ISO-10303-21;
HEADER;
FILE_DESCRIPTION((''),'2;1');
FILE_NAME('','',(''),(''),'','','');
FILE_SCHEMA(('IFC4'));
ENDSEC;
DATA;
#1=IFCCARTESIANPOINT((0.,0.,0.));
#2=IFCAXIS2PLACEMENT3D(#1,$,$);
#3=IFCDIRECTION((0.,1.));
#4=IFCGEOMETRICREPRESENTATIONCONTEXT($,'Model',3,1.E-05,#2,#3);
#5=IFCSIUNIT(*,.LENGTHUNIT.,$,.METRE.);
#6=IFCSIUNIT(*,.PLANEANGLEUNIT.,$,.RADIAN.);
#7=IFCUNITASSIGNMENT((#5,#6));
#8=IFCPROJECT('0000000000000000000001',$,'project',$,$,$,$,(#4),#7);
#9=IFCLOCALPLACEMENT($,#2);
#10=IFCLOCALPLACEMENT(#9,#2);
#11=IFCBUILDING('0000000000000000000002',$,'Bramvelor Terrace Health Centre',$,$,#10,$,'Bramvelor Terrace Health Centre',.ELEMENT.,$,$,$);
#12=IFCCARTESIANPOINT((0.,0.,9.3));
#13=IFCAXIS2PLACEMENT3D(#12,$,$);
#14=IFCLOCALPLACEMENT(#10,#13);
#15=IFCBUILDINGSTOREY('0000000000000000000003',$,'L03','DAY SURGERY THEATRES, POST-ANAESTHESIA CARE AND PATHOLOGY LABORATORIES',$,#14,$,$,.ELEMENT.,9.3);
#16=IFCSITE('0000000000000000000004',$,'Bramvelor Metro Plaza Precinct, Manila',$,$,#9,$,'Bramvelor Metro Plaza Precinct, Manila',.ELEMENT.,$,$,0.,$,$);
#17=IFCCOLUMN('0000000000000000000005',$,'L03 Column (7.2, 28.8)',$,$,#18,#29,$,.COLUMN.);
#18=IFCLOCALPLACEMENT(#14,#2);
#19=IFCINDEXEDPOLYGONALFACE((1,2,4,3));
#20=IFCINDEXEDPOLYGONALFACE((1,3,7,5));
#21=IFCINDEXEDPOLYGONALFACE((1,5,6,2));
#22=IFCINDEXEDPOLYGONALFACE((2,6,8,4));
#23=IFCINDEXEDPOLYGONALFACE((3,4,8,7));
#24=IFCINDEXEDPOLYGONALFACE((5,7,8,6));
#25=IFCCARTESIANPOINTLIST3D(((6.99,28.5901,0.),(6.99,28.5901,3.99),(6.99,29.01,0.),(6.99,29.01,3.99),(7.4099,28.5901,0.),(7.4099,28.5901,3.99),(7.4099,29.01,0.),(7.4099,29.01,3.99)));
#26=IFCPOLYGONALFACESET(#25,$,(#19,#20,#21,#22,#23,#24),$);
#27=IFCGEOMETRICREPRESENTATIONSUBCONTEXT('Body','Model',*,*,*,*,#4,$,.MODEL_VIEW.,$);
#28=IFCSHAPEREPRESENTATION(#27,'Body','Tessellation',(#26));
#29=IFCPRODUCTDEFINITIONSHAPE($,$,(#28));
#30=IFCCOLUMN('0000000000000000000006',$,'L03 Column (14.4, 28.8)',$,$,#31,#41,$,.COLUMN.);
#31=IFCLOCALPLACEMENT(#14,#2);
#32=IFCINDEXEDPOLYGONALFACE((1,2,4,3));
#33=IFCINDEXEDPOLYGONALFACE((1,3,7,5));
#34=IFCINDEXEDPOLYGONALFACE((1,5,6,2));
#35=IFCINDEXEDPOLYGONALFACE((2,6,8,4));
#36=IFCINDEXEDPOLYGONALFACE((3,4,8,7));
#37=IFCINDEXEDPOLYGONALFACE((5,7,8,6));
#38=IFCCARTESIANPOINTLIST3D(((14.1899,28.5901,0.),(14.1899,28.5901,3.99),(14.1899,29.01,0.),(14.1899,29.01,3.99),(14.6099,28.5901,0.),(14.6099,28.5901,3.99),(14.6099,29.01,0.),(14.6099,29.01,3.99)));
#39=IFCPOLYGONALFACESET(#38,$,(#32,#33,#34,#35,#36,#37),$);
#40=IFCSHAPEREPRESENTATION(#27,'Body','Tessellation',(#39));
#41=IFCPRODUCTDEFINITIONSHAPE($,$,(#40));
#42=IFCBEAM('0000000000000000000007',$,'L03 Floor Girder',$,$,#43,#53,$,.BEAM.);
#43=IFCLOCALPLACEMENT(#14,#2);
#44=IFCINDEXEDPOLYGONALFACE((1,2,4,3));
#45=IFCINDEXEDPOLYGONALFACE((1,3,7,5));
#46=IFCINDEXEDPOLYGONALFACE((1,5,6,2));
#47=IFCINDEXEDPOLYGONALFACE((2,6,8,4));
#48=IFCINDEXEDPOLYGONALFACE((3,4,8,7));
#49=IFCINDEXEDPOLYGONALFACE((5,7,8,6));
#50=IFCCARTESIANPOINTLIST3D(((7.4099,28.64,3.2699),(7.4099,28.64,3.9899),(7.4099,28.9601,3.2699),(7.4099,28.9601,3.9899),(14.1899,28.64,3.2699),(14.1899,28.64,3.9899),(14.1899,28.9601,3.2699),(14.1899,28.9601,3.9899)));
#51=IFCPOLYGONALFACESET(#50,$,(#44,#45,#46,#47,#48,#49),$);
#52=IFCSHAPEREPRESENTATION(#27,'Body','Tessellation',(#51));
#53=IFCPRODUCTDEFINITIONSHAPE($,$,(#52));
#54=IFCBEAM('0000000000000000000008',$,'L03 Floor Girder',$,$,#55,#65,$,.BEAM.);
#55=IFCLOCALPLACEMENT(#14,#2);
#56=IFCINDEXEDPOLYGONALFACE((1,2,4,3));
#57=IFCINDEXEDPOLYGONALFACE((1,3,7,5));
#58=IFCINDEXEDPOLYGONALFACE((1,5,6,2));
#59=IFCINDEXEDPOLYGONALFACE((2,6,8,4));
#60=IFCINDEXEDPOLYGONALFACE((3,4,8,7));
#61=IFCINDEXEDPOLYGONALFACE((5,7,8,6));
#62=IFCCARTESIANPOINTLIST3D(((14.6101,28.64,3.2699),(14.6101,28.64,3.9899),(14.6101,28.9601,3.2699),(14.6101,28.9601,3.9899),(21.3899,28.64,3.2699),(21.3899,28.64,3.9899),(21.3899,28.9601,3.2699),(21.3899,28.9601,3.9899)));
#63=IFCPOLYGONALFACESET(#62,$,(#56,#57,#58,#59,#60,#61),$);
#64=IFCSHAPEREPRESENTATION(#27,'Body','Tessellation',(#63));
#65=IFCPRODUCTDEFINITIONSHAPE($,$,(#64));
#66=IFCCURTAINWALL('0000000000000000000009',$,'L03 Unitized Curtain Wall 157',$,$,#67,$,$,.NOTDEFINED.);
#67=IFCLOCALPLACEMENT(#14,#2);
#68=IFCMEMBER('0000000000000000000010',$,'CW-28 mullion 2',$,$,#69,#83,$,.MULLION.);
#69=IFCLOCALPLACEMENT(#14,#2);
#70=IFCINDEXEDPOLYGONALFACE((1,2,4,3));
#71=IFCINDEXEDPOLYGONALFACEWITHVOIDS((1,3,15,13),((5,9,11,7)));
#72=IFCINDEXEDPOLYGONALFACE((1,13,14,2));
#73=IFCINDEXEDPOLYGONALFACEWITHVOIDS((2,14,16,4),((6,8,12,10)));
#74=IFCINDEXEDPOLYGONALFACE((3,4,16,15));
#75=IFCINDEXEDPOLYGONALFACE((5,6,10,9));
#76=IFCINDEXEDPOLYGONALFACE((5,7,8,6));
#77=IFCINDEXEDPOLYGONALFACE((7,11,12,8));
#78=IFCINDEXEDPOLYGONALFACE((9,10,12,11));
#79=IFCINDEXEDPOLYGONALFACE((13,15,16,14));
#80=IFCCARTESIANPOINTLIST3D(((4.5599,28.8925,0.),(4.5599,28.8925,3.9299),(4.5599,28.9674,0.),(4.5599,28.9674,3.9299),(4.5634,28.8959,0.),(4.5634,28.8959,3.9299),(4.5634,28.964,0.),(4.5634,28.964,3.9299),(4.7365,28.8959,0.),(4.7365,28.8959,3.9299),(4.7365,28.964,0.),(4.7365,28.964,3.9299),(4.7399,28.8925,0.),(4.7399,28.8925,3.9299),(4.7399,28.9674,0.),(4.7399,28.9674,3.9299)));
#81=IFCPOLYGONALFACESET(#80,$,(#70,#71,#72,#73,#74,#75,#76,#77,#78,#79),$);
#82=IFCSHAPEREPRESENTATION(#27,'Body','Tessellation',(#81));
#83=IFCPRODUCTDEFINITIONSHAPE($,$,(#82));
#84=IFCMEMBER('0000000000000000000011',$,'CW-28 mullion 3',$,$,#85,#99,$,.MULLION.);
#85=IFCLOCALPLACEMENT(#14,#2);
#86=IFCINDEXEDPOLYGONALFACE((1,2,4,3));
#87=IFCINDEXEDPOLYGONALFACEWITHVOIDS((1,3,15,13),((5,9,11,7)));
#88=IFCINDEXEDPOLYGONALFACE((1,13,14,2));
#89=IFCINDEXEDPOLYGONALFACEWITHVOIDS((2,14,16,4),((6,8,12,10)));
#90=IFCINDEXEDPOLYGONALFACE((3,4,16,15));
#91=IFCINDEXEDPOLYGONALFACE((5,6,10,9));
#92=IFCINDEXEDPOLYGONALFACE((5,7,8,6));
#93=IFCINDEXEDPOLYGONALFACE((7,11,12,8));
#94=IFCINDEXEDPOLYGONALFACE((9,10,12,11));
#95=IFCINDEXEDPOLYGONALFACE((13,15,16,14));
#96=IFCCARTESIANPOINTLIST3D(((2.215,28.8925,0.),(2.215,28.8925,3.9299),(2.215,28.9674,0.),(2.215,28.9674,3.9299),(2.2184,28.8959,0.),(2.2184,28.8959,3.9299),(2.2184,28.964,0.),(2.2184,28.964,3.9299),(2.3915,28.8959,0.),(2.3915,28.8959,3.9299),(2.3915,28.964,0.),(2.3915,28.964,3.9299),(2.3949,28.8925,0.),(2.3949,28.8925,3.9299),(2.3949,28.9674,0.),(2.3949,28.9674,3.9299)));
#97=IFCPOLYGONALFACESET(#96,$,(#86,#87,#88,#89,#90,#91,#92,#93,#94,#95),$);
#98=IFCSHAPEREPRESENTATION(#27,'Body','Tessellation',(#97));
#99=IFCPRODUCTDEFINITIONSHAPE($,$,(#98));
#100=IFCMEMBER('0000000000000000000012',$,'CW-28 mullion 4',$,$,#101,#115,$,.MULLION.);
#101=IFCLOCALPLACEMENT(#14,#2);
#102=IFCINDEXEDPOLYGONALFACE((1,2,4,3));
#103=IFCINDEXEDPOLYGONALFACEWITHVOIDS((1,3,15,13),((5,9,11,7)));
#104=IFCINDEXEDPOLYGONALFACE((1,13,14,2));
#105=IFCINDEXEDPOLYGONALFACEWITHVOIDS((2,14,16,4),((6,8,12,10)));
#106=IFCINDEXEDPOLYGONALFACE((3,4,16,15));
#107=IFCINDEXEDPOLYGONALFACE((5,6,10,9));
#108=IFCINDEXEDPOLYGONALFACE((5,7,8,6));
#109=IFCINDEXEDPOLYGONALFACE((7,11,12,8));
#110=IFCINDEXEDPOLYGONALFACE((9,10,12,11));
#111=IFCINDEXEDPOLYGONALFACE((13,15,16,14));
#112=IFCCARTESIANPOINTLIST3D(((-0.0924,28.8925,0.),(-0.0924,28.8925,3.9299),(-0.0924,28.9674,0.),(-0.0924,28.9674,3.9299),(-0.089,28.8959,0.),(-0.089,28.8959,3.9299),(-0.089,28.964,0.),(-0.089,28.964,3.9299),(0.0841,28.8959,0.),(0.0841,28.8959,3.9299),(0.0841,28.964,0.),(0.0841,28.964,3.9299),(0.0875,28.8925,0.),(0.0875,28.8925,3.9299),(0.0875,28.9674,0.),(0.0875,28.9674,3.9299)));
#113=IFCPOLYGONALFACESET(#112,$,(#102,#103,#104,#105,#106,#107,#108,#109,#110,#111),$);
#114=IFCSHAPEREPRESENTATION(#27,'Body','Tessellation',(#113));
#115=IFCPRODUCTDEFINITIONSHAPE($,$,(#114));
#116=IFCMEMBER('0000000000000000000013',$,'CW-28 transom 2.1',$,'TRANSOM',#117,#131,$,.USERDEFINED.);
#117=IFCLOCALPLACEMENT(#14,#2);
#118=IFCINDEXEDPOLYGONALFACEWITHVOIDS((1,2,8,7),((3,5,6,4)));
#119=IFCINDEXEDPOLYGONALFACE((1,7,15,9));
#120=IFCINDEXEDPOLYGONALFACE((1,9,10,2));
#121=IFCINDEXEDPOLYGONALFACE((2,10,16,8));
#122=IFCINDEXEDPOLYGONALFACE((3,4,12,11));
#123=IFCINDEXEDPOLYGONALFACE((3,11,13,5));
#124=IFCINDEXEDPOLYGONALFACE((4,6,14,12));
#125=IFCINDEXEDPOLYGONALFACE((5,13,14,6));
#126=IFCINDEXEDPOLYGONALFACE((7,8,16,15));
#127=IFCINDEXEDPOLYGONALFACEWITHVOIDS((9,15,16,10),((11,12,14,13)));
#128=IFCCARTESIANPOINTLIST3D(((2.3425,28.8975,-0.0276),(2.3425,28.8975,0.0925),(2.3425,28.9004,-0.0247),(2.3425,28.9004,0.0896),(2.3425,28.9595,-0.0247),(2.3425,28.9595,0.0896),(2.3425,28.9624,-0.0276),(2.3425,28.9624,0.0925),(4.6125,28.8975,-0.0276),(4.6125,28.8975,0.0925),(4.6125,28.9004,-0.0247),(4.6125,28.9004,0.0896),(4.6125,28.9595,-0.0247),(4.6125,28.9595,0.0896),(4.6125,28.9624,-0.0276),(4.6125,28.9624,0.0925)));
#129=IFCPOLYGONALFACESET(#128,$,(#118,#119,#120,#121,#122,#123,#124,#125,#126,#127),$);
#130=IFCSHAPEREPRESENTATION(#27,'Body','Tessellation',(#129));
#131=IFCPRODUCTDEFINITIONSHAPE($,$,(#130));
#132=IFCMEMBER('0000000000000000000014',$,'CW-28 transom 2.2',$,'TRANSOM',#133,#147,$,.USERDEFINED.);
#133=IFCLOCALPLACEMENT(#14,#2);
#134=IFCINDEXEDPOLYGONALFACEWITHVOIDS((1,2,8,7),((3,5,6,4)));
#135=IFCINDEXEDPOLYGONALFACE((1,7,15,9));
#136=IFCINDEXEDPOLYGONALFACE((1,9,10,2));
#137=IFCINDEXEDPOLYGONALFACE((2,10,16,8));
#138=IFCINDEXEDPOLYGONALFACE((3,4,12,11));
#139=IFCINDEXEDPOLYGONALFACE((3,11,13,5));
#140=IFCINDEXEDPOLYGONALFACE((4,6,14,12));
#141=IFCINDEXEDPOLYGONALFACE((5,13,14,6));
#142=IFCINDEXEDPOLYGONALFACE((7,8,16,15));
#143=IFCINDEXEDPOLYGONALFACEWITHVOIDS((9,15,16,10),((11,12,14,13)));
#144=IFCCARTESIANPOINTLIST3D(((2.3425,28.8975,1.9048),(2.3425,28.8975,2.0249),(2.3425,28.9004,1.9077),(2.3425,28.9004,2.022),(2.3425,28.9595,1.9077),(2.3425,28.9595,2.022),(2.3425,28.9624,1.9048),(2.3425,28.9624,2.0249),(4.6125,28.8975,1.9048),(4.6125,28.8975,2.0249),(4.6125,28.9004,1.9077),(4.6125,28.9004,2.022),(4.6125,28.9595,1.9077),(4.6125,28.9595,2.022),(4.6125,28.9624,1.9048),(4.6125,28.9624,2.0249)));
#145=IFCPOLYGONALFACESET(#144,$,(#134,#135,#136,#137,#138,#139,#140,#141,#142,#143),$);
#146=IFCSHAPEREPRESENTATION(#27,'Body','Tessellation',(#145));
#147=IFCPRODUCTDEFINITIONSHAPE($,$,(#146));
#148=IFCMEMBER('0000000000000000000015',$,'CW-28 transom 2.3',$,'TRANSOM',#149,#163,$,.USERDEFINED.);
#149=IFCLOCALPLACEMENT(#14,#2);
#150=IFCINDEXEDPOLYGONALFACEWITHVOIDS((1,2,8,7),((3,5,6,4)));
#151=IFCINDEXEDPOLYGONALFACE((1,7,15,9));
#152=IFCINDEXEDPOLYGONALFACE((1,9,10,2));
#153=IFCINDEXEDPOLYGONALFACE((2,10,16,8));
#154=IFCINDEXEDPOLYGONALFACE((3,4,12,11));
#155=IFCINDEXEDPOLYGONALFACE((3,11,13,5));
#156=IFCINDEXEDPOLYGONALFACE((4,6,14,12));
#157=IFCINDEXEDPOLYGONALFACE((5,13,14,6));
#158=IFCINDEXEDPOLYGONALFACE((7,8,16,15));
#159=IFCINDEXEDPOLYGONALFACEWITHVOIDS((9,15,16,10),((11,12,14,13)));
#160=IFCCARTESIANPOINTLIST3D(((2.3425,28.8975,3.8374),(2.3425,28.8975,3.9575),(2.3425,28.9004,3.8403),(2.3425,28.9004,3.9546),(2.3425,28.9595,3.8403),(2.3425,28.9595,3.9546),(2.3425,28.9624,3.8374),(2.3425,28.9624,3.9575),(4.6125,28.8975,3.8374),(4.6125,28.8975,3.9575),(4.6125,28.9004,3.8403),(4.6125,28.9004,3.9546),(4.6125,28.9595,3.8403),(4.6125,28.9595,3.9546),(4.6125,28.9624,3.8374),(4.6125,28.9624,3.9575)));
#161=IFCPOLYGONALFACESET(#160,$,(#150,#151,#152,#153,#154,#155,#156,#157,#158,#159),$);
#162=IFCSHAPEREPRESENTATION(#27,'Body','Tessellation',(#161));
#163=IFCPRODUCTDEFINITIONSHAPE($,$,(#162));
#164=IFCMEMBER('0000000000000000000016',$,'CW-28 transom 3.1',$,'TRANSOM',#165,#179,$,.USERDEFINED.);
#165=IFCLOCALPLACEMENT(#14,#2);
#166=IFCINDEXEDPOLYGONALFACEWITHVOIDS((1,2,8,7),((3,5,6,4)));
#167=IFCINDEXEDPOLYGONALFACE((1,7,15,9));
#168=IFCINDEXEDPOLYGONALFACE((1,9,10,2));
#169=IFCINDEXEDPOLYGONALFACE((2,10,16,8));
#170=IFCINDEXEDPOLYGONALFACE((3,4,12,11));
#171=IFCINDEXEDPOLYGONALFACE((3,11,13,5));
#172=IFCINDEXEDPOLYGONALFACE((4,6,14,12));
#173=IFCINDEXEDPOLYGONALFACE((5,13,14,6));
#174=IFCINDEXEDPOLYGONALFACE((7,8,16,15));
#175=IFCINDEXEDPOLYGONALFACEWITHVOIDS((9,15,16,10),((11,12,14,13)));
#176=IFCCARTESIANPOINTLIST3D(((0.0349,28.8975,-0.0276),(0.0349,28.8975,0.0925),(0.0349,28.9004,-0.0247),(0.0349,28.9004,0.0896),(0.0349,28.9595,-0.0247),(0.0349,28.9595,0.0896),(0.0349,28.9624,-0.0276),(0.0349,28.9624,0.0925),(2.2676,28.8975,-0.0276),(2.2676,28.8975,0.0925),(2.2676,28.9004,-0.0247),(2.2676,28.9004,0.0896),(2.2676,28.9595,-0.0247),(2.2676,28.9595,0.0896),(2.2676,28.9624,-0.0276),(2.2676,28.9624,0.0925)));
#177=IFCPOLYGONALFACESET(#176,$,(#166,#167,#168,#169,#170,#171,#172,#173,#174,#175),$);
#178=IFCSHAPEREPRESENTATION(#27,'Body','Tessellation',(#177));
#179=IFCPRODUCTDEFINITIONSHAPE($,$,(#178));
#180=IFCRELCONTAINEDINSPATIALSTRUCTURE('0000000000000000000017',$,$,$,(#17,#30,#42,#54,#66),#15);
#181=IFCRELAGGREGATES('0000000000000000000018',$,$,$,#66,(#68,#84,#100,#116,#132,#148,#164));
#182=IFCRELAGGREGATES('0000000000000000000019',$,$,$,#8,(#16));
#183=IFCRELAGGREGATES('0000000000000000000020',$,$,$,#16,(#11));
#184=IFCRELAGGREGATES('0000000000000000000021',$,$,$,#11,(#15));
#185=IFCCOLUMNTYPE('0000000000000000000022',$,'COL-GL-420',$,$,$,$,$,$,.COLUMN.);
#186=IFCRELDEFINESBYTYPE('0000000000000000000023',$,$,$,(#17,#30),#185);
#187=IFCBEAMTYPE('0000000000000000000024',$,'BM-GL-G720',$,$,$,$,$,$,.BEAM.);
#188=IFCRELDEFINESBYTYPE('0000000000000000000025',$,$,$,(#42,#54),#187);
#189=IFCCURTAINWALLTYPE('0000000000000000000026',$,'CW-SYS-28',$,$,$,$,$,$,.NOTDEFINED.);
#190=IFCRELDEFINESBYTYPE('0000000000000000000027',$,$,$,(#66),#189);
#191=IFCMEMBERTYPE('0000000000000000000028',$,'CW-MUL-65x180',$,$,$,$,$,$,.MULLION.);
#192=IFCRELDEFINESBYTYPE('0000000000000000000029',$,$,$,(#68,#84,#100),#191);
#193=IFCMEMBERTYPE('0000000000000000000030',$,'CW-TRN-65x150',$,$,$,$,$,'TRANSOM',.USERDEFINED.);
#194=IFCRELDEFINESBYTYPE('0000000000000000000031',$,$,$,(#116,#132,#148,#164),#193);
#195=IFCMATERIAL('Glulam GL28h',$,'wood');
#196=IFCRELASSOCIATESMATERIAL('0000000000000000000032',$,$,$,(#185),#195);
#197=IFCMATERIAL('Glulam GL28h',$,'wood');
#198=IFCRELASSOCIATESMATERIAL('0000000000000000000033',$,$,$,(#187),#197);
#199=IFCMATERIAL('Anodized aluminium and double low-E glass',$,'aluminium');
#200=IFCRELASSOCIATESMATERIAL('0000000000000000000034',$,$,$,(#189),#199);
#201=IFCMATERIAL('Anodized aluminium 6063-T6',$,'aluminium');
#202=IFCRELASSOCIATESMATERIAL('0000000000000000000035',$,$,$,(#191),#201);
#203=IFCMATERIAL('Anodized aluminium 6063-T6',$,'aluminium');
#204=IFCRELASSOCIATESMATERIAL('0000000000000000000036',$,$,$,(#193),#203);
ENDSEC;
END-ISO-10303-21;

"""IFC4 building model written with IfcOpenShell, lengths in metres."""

from ifc_helpers import new_model, si_unit, direction, frame, origin, origin_2d, place, context, subcontext, project, spatial, rectangle, hollow_rectangle, extrude, material, material_profile, profile_set, type_object, element, aggregate, save


model = new_model("IFC4")

# Units and contexts
model_context = context("Model", 3, precision=1e-05, world=origin(), true_north=direction((0.0, 1.0)))
body_context = subcontext(model_context, "Body", "Model", "MODEL_VIEW")
ifc_project = project(units=[si_unit("LENGTHUNIT", "METRE"), si_unit("PLANEANGLEUNIT", "RADIAN")], contexts=[model_context])

# Site, building, storey
site_placement = place(None, origin())
site = spatial("IfcSite", under=ifc_project, at=site_placement, Name="Bramvelor Metro Plaza Precinct, Manila", LongName="Bramvelor Metro Plaza Precinct, Manila", CompositionType="ELEMENT", RefElevation=0.0)
building_placement = place(site_placement, origin())
building = spatial("IfcBuilding", under=site, at=building_placement, Name="Bramvelor Terrace Health Centre", LongName="Bramvelor Terrace Health Centre", CompositionType="ELEMENT")
storey_placement = place(building_placement, frame((0.0, 0.0, 9.3)))
storey = spatial("IfcBuildingStorey", under=building, at=storey_placement, Name="L03", Description="DAY SURGERY THEATRES, POST-ANAESTHESIA CARE AND PATHOLOGY LABORATORIES", CompositionType="ELEMENT", Elevation=9.3)

# Columns
ifc_material_1 = material(Name="Glulam GL28h", Category="wood")
ifc_material_profile_1 = material_profile(ifc_material_1, rectangle(XDim=0.4199, YDim=0.4199, at=origin_2d()), Name="GL 420x420")
ifc_profile_set_1 = profile_set([ifc_material_profile_1], Name="Glulam GL28h")
column_type = type_object("IfcColumnType", Name="COL-GL-420", PredefinedType="COLUMN", material=ifc_profile_set_1)
for number, where, z_axis, x_axis, name in (
    (1, (7.2, 28.8, 0.0), (0.0, 0.0, 1.0), (1.0, 0.0, 0.0), "L03 Column (7.2, 28.8)"),
    (2, (14.3999, 28.8, 0.0), (0.0, 0.0, 1.0), (1.0, 0.0, 0.0), "L03 Column (14.4, 28.8)"),
):
    element("IfcColumn", number, at=place(storey_placement, frame(where, z_axis=z_axis, x_axis=x_axis)), inside=storey, type_object=column_type, Name=name, PredefinedType="COLUMN", context=body_context, shape_type="SweptSolid", body=[
        extrude(rectangle(XDim=0.4199, YDim=0.4199, at=origin_2d()), origin(), (0.0, 0.0, 1.0), 3.99),
    ])

# Beams
ifc_material_2 = material(Name="Glulam GL28h", Category="wood")
ifc_material_profile_2 = material_profile(ifc_material_2, rectangle(XDim=0.3201, YDim=0.72, at=origin_2d()), Name="GL 320x720")
ifc_profile_set_2 = profile_set([ifc_material_profile_2], Name="Glulam GL28h")
beam_type = type_object("IfcBeamType", Name="BM-GL-G720", PredefinedType="BEAM", material=ifc_profile_set_2)
beam_1_placement = place(storey_placement, frame((7.4099, 28.8, 3.6299), z_axis=(1.0, 0.0, 0.0), x_axis=(0.0, 1.0, 0.0)))
element("IfcBeam", 3, at=beam_1_placement, inside=storey, type_object=beam_type, Name="L03 Floor Girder", PredefinedType="BEAM", context=body_context, shape_type="SweptSolid", body=[
    extrude(rectangle(XDim=0.3201, YDim=0.72, at=origin_2d()), origin(), (0.0, 0.0, 1.0), 6.78),
])
beam_2_placement = place(storey_placement, frame((14.6101, 28.8, 3.6299), z_axis=(1.0, 0.0, 0.0), x_axis=(0.0, 1.0, 0.0)))
element("IfcBeam", 4, at=beam_2_placement, inside=storey, type_object=beam_type, Name="L03 Floor Girder", PredefinedType="BEAM", context=body_context, shape_type="SweptSolid", body=[
    extrude(rectangle(XDim=0.3201, YDim=0.72, at=origin_2d()), origin(), (0.0, 0.0, 1.0), 6.7798),
])

# Curtain wall, members
ifc_material_3 = material(Name="Anodized aluminium and double low-E glass", Category="aluminium")
curtain_wall_type = type_object("IfcCurtainWallType", Name="CW-SYS-28", PredefinedType="NOTDEFINED", material=ifc_material_3)
curtain_wall_placement = place(storey_placement, origin())
curtain_wall = element("IfcCurtainWall", 5, at=curtain_wall_placement, inside=storey, type_object=curtain_wall_type, Name="L03 Unitized Curtain Wall 157", PredefinedType="NOTDEFINED")
ifc_material_4 = material(Name="Anodized aluminium 6063-T6", Category="aluminium")
ifc_material_profile_3 = material_profile(ifc_material_4, hollow_rectangle(XDim=0.075, YDim=0.1799, WallThickness=0.0034, at=origin_2d()), Name="ALU-MUL 75x180x3.5")
ifc_profile_set_3 = profile_set([ifc_material_profile_3], Name="Anodized aluminium 6063-T6")
member_type_1 = type_object("IfcMemberType", Name="CW-MUL-65x180", PredefinedType="MULLION", material=ifc_profile_set_3)
member_1_placement = place(storey_placement, frame((4.6499, 28.9299, 0.0), z_axis=(0.0, 0.0, 1.0), x_axis=(0.0, -1.0, 0.0)))
member_1 = element("IfcMember", 6, at=member_1_placement, type_object=member_type_1, Name="CW-28 mullion 2", PredefinedType="MULLION", context=body_context, shape_type="SweptSolid", body=[
    extrude(hollow_rectangle(XDim=0.075, YDim=0.1799, WallThickness=0.0034, at=origin_2d()), origin(), (0.0, 0.0, 1.0), 3.9299),
])
member_2_placement = place(storey_placement, frame((2.3049, 28.9299, 0.0), z_axis=(0.0, 0.0, 1.0), x_axis=(0.0, -1.0, 0.0)))
member_2 = element("IfcMember", 7, at=member_2_placement, type_object=member_type_1, Name="CW-28 mullion 3", PredefinedType="MULLION", context=body_context, shape_type="SweptSolid", body=[
    extrude(hollow_rectangle(XDim=0.075, YDim=0.1799, WallThickness=0.0034, at=origin_2d()), origin(), (0.0, 0.0, 1.0), 3.9299),
])
member_3_placement = place(storey_placement, frame((-0.0024, 28.9299, 0.0), z_axis=(0.0, 0.0, 1.0), x_axis=(0.0, -1.0, 0.0)))
member_3 = element("IfcMember", 8, at=member_3_placement, type_object=member_type_1, Name="CW-28 mullion 4", PredefinedType="MULLION", context=body_context, shape_type="SweptSolid", body=[
    extrude(hollow_rectangle(XDim=0.075, YDim=0.1799, WallThickness=0.0034, at=origin_2d()), origin(), (0.0, 0.0, 1.0), 3.9299),
])
ifc_material_5 = material(Name="Anodized aluminium 6063-T6", Category="aluminium")
ifc_material_profile_4 = material_profile(ifc_material_5, hollow_rectangle(XDim=0.0649, YDim=0.1201, WallThickness=0.0029, at=origin_2d()), Name="ALU-TRN 65x120x3.0")
ifc_profile_set_4 = profile_set([ifc_material_profile_4], Name="Anodized aluminium 6063-T6")
member_type_2 = type_object("IfcMemberType", Name="CW-TRN-65x150", ElementType="TRANSOM", PredefinedType="USERDEFINED", material=ifc_profile_set_4)
member_4_placement = place(storey_placement, frame((4.6125, 28.9299, 0.0325), z_axis=(-1.0, 0.0, 0.0), x_axis=(0.0, -1.0, 0.0)))
member_4 = element("IfcMember", 9, at=member_4_placement, type_object=member_type_2, Name="CW-28 transom 2.1", ObjectType="TRANSOM", PredefinedType="USERDEFINED", context=body_context, shape_type="SweptSolid", body=[
    extrude(hollow_rectangle(XDim=0.0649, YDim=0.1201, WallThickness=0.0029, at=origin_2d()), origin(), (0.0, 0.0, 1.0), 2.27),
])
member_5_placement = place(storey_placement, frame((4.6125, 28.9299, 1.9648), z_axis=(-1.0, 0.0, 0.0), x_axis=(0.0, -1.0, 0.0)))
member_5 = element("IfcMember", 10, at=member_5_placement, type_object=member_type_2, Name="CW-28 transom 2.2", ObjectType="TRANSOM", PredefinedType="USERDEFINED", context=body_context, shape_type="SweptSolid", body=[
    extrude(hollow_rectangle(XDim=0.0649, YDim=0.1201, WallThickness=0.0029, at=origin_2d()), origin(), (0.0, 0.0, 1.0), 2.27),
])
member_6_placement = place(storey_placement, frame((4.6125, 28.9299, 3.8975), z_axis=(-1.0, 0.0, 0.0), x_axis=(0.0, -1.0, 0.0)))
member_6 = element("IfcMember", 11, at=member_6_placement, type_object=member_type_2, Name="CW-28 transom 2.3", ObjectType="TRANSOM", PredefinedType="USERDEFINED", context=body_context, shape_type="SweptSolid", body=[
    extrude(hollow_rectangle(XDim=0.0649, YDim=0.1201, WallThickness=0.0029, at=origin_2d()), origin(), (0.0, 0.0, 1.0), 2.27),
])
member_7_placement = place(storey_placement, frame((2.2676, 28.9299, 0.0325), z_axis=(-1.0, 0.0, 0.0), x_axis=(0.0, -1.0, 0.0)))
member_7 = element("IfcMember", 12, at=member_7_placement, type_object=member_type_2, Name="CW-28 transom 3.1", ObjectType="TRANSOM", PredefinedType="USERDEFINED", context=body_context, shape_type="SweptSolid", body=[
    extrude(hollow_rectangle(XDim=0.0649, YDim=0.1201, WallThickness=0.0029, at=origin_2d()), origin(), (0.0, 0.0, 1.0), 2.2327),
])
aggregate(curtain_wall, [member_1, member_2, member_3, member_4, member_5, member_6, member_7])

save(model, "model.ifc")
